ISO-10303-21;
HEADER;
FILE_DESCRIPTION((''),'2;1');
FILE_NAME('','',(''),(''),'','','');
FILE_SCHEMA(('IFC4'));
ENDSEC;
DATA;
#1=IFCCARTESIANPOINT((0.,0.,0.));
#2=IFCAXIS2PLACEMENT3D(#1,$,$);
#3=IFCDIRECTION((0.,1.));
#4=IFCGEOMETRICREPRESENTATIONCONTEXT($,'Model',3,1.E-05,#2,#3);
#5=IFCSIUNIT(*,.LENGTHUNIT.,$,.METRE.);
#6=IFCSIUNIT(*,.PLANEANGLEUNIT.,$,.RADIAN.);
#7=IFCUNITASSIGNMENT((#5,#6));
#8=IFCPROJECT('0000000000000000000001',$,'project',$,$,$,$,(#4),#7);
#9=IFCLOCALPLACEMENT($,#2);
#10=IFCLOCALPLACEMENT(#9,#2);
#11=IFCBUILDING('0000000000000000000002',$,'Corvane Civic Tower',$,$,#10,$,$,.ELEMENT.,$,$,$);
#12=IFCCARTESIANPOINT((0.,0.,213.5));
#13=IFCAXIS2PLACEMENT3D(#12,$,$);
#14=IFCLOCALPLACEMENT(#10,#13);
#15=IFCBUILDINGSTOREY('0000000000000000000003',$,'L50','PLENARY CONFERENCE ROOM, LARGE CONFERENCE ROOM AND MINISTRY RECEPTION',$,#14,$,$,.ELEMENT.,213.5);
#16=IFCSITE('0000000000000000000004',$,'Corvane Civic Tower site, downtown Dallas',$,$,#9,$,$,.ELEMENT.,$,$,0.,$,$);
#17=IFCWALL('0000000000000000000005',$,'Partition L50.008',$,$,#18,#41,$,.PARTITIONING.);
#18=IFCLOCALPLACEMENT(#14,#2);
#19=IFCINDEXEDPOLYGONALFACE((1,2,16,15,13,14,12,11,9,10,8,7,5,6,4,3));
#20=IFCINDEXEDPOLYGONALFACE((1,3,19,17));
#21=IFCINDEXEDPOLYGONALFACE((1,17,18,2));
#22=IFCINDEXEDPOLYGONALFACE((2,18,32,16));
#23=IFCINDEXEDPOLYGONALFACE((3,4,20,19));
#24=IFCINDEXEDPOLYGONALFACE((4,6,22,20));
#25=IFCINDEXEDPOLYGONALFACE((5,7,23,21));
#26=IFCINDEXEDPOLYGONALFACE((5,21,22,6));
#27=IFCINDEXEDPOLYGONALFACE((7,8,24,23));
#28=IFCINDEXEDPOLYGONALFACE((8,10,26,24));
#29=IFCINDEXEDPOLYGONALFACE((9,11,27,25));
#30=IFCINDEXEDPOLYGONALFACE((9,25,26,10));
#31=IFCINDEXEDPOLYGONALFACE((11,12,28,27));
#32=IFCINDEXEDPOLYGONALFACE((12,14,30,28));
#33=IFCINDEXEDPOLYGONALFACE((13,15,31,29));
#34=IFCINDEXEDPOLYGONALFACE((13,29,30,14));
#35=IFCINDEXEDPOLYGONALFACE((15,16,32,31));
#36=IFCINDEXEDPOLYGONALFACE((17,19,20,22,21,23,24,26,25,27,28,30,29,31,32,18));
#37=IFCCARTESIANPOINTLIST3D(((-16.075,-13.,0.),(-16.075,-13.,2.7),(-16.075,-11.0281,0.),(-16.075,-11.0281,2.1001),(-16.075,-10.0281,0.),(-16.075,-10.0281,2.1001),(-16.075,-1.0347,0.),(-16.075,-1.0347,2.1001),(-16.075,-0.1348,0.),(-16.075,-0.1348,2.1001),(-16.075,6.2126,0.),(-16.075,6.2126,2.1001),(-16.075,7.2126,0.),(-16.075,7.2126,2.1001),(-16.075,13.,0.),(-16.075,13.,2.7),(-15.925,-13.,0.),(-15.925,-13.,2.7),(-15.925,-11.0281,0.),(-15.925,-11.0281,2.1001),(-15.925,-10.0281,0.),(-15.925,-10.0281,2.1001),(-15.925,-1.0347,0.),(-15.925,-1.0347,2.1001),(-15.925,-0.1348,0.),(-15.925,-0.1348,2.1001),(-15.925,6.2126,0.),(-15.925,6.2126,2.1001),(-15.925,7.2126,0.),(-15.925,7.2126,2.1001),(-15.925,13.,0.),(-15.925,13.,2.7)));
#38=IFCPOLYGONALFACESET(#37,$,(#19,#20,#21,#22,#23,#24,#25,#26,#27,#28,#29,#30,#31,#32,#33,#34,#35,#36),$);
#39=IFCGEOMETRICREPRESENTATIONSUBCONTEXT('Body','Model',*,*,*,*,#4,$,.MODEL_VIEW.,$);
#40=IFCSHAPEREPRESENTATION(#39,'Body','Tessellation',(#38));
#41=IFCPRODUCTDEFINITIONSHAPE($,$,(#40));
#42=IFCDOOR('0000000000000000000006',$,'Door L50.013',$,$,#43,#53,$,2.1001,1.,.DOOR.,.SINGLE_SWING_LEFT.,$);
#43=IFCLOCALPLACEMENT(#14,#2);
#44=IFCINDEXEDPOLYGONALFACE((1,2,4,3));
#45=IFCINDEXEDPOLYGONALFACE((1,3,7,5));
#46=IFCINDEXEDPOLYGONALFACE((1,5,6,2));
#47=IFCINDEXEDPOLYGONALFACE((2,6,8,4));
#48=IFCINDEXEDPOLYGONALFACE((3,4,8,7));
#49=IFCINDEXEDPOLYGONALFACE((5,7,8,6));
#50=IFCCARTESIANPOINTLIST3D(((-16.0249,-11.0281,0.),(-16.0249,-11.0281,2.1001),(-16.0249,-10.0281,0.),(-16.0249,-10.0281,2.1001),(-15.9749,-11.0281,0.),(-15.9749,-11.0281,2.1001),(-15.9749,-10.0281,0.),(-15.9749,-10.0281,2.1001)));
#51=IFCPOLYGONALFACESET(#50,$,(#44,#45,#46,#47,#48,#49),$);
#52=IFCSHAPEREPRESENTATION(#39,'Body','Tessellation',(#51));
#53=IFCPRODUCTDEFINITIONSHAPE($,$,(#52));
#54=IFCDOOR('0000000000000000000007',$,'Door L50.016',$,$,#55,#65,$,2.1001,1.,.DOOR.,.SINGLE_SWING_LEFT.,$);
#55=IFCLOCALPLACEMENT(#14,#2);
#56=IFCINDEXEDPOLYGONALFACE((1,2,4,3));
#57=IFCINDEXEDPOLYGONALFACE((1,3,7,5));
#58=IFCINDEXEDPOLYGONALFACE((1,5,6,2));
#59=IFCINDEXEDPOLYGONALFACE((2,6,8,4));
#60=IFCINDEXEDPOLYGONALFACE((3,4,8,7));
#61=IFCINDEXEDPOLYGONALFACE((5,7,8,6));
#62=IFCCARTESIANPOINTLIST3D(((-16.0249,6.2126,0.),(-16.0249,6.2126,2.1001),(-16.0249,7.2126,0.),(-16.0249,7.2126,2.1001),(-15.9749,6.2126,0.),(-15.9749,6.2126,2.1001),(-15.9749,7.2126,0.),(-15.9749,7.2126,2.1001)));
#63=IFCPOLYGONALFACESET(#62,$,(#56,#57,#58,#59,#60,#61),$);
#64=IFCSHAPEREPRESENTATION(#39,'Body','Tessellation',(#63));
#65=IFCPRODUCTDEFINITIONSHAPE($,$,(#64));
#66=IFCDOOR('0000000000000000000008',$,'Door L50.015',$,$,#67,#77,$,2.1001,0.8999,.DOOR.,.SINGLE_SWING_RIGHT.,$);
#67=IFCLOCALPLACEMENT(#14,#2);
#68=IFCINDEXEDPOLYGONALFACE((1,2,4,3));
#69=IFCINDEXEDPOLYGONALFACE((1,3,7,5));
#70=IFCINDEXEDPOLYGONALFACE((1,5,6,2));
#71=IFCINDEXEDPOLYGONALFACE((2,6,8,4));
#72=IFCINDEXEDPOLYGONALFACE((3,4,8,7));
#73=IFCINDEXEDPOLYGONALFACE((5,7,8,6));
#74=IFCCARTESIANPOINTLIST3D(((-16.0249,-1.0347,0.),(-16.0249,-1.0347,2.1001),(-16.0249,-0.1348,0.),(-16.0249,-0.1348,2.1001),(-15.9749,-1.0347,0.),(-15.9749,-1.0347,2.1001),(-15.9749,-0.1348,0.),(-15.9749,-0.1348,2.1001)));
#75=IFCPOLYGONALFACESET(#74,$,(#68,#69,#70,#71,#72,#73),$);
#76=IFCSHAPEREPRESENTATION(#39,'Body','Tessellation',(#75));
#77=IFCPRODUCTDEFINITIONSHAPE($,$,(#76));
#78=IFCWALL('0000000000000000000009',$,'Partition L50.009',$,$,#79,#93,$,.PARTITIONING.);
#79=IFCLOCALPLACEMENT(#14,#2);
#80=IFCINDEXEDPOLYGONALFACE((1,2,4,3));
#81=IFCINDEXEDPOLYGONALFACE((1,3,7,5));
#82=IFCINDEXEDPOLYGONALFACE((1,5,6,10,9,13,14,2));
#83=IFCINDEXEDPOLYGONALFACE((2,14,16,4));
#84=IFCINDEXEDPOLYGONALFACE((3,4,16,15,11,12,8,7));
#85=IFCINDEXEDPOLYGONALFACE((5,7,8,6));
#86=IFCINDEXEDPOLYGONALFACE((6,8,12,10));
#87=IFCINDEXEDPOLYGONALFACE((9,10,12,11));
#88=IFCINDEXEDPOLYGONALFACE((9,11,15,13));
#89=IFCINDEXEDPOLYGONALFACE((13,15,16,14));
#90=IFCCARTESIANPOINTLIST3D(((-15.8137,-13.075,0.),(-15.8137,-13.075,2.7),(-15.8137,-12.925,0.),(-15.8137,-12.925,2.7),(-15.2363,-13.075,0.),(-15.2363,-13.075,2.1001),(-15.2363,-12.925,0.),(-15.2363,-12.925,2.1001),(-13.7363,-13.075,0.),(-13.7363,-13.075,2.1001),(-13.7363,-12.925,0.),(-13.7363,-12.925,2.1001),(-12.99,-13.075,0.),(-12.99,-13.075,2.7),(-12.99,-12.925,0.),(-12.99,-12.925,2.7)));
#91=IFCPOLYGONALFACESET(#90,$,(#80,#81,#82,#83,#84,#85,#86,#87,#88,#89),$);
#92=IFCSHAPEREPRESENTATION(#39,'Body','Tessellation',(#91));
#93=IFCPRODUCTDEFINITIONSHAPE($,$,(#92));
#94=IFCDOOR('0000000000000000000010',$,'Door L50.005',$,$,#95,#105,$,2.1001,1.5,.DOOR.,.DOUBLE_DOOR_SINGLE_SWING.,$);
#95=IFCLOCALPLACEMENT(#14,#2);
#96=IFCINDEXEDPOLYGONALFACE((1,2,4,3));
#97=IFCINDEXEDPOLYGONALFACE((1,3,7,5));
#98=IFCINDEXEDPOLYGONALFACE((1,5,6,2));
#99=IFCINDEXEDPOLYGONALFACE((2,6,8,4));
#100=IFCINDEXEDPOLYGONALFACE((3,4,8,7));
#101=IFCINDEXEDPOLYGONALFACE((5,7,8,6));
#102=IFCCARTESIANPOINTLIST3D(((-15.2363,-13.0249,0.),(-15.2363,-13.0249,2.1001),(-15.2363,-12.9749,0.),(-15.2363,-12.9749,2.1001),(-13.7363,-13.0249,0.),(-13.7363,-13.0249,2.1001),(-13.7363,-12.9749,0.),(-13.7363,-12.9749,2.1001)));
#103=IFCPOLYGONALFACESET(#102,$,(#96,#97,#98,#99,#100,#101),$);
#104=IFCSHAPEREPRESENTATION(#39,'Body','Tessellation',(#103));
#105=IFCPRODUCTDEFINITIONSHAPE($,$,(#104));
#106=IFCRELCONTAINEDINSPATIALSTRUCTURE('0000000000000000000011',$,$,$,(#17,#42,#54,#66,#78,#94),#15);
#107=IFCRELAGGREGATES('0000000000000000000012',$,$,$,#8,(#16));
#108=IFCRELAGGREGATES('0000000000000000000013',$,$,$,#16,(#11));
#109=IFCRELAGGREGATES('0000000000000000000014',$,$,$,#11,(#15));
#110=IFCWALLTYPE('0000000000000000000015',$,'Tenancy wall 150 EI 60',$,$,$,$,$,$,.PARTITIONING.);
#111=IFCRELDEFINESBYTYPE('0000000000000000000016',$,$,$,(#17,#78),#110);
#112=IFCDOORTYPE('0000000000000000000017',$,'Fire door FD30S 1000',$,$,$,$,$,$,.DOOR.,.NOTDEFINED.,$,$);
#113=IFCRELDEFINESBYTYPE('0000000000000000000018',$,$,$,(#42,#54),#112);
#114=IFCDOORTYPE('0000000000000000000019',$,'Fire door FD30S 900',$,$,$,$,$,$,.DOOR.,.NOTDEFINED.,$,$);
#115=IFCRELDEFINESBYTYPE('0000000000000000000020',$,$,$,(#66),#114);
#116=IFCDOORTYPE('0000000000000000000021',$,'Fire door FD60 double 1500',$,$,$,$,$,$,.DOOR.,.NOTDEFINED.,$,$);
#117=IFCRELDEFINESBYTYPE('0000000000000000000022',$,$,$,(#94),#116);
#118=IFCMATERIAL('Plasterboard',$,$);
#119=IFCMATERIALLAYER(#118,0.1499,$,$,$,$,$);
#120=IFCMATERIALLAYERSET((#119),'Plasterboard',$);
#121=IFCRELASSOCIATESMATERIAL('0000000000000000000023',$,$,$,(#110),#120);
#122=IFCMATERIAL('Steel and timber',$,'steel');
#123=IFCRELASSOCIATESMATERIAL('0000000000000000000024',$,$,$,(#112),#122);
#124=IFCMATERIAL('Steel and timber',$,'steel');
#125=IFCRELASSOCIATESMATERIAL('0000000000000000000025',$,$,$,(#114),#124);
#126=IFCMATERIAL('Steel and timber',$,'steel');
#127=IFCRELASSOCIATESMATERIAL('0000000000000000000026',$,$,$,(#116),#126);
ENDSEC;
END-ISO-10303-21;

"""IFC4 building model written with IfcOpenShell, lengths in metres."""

from ifc_helpers import new_model, si_unit, direction, frame, frame_2d, origin, place, context, subcontext, project, spatial, rectangle, extrude, material, layer, layer_set, type_object, element, fill, save


model = new_model("IFC4")

# Units and contexts
model_context = context("Model", 3, precision=1e-05, world=origin(), true_north=direction((0.0, 1.0)))
body_context = subcontext(model_context, "Body", "Model", "MODEL_VIEW")
ifc_project = project(units=[si_unit("LENGTHUNIT", "METRE"), si_unit("PLANEANGLEUNIT", "RADIAN")], contexts=[model_context])

# Site, building, storey
site_placement = place(None, origin())
site = spatial("IfcSite", under=ifc_project, at=site_placement, Name="Corvane Civic Tower site, downtown Dallas", CompositionType="ELEMENT", RefElevation=0.0)
building_placement = place(site_placement, origin())
building = spatial("IfcBuilding", under=site, at=building_placement, Name="Corvane Civic Tower", CompositionType="ELEMENT")
storey_placement = place(building_placement, frame((0.0, 0.0, 213.5)))
storey = spatial("IfcBuildingStorey", under=building, at=storey_placement, Name="L50", Description="PLENARY CONFERENCE ROOM, LARGE CONFERENCE ROOM AND MINISTRY RECEPTION", CompositionType="ELEMENT", Elevation=213.5)

# Wall, openings, doors
ifc_material_1 = material(Name="Plasterboard")
ifc_layer_1 = layer(ifc_material_1, 0.1499)
ifc_layer_set_1 = layer_set([ifc_layer_1], Name="Plasterboard")
wall_type_1 = type_object("IfcWallType", Name="Tenancy wall 150 EI 60", PredefinedType="PARTITIONING", material=ifc_layer_set_1)
wall_1_placement = place(storey_placement, frame((-16.0, -13.0, 0.0), z_axis=(0.0, 0.0, 1.0), x_axis=(0.0, 1.0, 0.0)))
wall_1 = element("IfcWall", 1, at=wall_1_placement, inside=storey, type_object=wall_type_1, Name="Partition L50.008", PredefinedType="PARTITIONING", context=body_context, shape_type="SweptSolid", body=[
    extrude(rectangle(XDim=26.0, YDim=0.1499, at=frame_2d((13.0, 0.0))), origin(), (0.0, 0.0, 1.0), 2.7),
])
opening_1_placement = place(wall_1_placement, frame((1.9719, 0.0, 0.0)))
opening_1 = element("IfcOpeningElement", 2, at=opening_1_placement, cuts=wall_1, PredefinedType="OPENING", context=body_context, shape_type="SweptSolid", body=[
    extrude(rectangle(XDim=1.0, YDim=2.1001, at=frame_2d((0.5, 1.05))), frame((0.0, 0.085, 0.0), z_axis=(0.0, -1.0, 0.0), x_axis=(1.0, 0.0, 0.0)), (0.0, 0.0, 1.0), 0.1699),
])
opening_2_placement = place(wall_1_placement, frame((11.9653, 0.0, 0.0)))
opening_2 = element("IfcOpeningElement", 3, at=opening_2_placement, cuts=wall_1, PredefinedType="OPENING", context=body_context, shape_type="SweptSolid", body=[
    extrude(rectangle(XDim=0.8999, YDim=2.1001, at=frame_2d((0.45, 1.05))), frame((0.0, 0.085, 0.0), z_axis=(0.0, -1.0, 0.0), x_axis=(1.0, 0.0, 0.0)), (0.0, 0.0, 1.0), 0.1699),
])
opening_3_placement = place(wall_1_placement, frame((19.2126, 0.0, 0.0)))
opening_3 = element("IfcOpeningElement", 4, at=opening_3_placement, cuts=wall_1, PredefinedType="OPENING", context=body_context, shape_type="SweptSolid", body=[
    extrude(rectangle(XDim=1.0, YDim=2.1001, at=frame_2d((0.5, 1.05))), frame((0.0, 0.085, 0.0), z_axis=(0.0, -1.0, 0.0), x_axis=(1.0, 0.0, 0.0)), (0.0, 0.0, 1.0), 0.1699),
])
ifc_material_2 = material(Name="Steel and timber", Category="steel")
door_type_1 = type_object("IfcDoorType", Name="Fire door FD30S 1000", OperationType="NOTDEFINED", PredefinedType="DOOR", material=ifc_material_2)
door_1_placement = place(opening_1_placement, origin())
door_1 = element("IfcDoor", 5, at=door_1_placement, inside=storey, type_object=door_type_1, Name="Door L50.013", OperationType="SINGLE_SWING_LEFT", OverallHeight=2.1001, OverallWidth=1.0, PredefinedType="DOOR", context=body_context, shape_type="SweptSolid", body=[
    extrude(rectangle(XDim=1.0, YDim=2.1001, at=frame_2d((0.5, 1.05))), frame((0.0, 0.0249, 0.0), z_axis=(0.0, -1.0, 0.0), x_axis=(1.0, 0.0, 0.0)), (0.0, 0.0, 1.0), 0.05),
])
fill(opening_1, door_1)
door_2_placement = place(opening_3_placement, origin())
door_2 = element("IfcDoor", 6, at=door_2_placement, inside=storey, type_object=door_type_1, Name="Door L50.016", OperationType="SINGLE_SWING_LEFT", OverallHeight=2.1001, OverallWidth=1.0, PredefinedType="DOOR", context=body_context, shape_type="SweptSolid", body=[
    extrude(rectangle(XDim=1.0, YDim=2.1001, at=frame_2d((0.5, 1.05))), frame((0.0, 0.0249, 0.0), z_axis=(0.0, -1.0, 0.0), x_axis=(1.0, 0.0, 0.0)), (0.0, 0.0, 1.0), 0.05),
])
fill(opening_3, door_2)
ifc_material_3 = material(Name="Steel and timber", Category="steel")
door_type_2 = type_object("IfcDoorType", Name="Fire door FD30S 900", OperationType="NOTDEFINED", PredefinedType="DOOR", material=ifc_material_3)
door_3_placement = place(opening_2_placement, origin())
door_3 = element("IfcDoor", 7, at=door_3_placement, inside=storey, type_object=door_type_2, Name="Door L50.015", OperationType="SINGLE_SWING_RIGHT", OverallHeight=2.1001, OverallWidth=0.8999, PredefinedType="DOOR", context=body_context, shape_type="SweptSolid", body=[
    extrude(rectangle(XDim=0.8999, YDim=2.1001, at=frame_2d((0.45, 1.05))), frame((0.0, 0.0249, 0.0), z_axis=(0.0, -1.0, 0.0), x_axis=(1.0, 0.0, 0.0)), (0.0, 0.0, 1.0), 0.05),
])
fill(opening_2, door_3)

# Wall, opening, door
wall_2_placement = place(storey_placement, frame((-15.8137, -13.0, 0.0), z_axis=(0.0, 0.0, 1.0), x_axis=(1.0, 0.0, 0.0)))
wall_2 = element("IfcWall", 8, at=wall_2_placement, inside=storey, type_object=wall_type_1, Name="Partition L50.009", PredefinedType="PARTITIONING", context=body_context, shape_type="SweptSolid", body=[
    extrude(rectangle(XDim=2.8237, YDim=0.1499, at=frame_2d((1.4119, 0.0))), origin(), (0.0, 0.0, 1.0), 2.7),
])
opening_4_placement = place(wall_2_placement, frame((0.5774, 0.0, 0.0)))
opening_4 = element("IfcOpeningElement", 9, at=opening_4_placement, cuts=wall_2, PredefinedType="OPENING", context=body_context, shape_type="SweptSolid", body=[
    extrude(rectangle(XDim=1.5, YDim=2.1001, at=frame_2d((0.75, 1.05))), frame((0.0, 0.085, 0.0), z_axis=(0.0, -1.0, 0.0), x_axis=(1.0, 0.0, 0.0)), (0.0, 0.0, 1.0), 0.1699),
])
ifc_material_4 = material(Name="Steel and timber", Category="steel")
door_type_3 = type_object("IfcDoorType", Name="Fire door FD60 double 1500", OperationType="NOTDEFINED", PredefinedType="DOOR", material=ifc_material_4)
door_4_placement = place(opening_4_placement, frame((1.5, 0.0, 0.0), z_axis=(0.0, 0.0, 1.0), x_axis=(-1.0, 0.0, 0.0)))
door_4 = element("IfcDoor", 10, at=door_4_placement, inside=storey, type_object=door_type_3, Name="Door L50.005", OperationType="DOUBLE_DOOR_SINGLE_SWING", OverallHeight=2.1001, OverallWidth=1.5, PredefinedType="DOOR", context=body_context, shape_type="SweptSolid", body=[
    extrude(rectangle(XDim=1.5, YDim=2.1001, at=frame_2d((0.75, 1.05))), frame((0.0, 0.0249, 0.0), z_axis=(0.0, -1.0, 0.0), x_axis=(1.0, 0.0, 0.0)), (0.0, 0.0, 1.0), 0.05),
])
fill(opening_4, door_4)

save(model, "model.ifc")
